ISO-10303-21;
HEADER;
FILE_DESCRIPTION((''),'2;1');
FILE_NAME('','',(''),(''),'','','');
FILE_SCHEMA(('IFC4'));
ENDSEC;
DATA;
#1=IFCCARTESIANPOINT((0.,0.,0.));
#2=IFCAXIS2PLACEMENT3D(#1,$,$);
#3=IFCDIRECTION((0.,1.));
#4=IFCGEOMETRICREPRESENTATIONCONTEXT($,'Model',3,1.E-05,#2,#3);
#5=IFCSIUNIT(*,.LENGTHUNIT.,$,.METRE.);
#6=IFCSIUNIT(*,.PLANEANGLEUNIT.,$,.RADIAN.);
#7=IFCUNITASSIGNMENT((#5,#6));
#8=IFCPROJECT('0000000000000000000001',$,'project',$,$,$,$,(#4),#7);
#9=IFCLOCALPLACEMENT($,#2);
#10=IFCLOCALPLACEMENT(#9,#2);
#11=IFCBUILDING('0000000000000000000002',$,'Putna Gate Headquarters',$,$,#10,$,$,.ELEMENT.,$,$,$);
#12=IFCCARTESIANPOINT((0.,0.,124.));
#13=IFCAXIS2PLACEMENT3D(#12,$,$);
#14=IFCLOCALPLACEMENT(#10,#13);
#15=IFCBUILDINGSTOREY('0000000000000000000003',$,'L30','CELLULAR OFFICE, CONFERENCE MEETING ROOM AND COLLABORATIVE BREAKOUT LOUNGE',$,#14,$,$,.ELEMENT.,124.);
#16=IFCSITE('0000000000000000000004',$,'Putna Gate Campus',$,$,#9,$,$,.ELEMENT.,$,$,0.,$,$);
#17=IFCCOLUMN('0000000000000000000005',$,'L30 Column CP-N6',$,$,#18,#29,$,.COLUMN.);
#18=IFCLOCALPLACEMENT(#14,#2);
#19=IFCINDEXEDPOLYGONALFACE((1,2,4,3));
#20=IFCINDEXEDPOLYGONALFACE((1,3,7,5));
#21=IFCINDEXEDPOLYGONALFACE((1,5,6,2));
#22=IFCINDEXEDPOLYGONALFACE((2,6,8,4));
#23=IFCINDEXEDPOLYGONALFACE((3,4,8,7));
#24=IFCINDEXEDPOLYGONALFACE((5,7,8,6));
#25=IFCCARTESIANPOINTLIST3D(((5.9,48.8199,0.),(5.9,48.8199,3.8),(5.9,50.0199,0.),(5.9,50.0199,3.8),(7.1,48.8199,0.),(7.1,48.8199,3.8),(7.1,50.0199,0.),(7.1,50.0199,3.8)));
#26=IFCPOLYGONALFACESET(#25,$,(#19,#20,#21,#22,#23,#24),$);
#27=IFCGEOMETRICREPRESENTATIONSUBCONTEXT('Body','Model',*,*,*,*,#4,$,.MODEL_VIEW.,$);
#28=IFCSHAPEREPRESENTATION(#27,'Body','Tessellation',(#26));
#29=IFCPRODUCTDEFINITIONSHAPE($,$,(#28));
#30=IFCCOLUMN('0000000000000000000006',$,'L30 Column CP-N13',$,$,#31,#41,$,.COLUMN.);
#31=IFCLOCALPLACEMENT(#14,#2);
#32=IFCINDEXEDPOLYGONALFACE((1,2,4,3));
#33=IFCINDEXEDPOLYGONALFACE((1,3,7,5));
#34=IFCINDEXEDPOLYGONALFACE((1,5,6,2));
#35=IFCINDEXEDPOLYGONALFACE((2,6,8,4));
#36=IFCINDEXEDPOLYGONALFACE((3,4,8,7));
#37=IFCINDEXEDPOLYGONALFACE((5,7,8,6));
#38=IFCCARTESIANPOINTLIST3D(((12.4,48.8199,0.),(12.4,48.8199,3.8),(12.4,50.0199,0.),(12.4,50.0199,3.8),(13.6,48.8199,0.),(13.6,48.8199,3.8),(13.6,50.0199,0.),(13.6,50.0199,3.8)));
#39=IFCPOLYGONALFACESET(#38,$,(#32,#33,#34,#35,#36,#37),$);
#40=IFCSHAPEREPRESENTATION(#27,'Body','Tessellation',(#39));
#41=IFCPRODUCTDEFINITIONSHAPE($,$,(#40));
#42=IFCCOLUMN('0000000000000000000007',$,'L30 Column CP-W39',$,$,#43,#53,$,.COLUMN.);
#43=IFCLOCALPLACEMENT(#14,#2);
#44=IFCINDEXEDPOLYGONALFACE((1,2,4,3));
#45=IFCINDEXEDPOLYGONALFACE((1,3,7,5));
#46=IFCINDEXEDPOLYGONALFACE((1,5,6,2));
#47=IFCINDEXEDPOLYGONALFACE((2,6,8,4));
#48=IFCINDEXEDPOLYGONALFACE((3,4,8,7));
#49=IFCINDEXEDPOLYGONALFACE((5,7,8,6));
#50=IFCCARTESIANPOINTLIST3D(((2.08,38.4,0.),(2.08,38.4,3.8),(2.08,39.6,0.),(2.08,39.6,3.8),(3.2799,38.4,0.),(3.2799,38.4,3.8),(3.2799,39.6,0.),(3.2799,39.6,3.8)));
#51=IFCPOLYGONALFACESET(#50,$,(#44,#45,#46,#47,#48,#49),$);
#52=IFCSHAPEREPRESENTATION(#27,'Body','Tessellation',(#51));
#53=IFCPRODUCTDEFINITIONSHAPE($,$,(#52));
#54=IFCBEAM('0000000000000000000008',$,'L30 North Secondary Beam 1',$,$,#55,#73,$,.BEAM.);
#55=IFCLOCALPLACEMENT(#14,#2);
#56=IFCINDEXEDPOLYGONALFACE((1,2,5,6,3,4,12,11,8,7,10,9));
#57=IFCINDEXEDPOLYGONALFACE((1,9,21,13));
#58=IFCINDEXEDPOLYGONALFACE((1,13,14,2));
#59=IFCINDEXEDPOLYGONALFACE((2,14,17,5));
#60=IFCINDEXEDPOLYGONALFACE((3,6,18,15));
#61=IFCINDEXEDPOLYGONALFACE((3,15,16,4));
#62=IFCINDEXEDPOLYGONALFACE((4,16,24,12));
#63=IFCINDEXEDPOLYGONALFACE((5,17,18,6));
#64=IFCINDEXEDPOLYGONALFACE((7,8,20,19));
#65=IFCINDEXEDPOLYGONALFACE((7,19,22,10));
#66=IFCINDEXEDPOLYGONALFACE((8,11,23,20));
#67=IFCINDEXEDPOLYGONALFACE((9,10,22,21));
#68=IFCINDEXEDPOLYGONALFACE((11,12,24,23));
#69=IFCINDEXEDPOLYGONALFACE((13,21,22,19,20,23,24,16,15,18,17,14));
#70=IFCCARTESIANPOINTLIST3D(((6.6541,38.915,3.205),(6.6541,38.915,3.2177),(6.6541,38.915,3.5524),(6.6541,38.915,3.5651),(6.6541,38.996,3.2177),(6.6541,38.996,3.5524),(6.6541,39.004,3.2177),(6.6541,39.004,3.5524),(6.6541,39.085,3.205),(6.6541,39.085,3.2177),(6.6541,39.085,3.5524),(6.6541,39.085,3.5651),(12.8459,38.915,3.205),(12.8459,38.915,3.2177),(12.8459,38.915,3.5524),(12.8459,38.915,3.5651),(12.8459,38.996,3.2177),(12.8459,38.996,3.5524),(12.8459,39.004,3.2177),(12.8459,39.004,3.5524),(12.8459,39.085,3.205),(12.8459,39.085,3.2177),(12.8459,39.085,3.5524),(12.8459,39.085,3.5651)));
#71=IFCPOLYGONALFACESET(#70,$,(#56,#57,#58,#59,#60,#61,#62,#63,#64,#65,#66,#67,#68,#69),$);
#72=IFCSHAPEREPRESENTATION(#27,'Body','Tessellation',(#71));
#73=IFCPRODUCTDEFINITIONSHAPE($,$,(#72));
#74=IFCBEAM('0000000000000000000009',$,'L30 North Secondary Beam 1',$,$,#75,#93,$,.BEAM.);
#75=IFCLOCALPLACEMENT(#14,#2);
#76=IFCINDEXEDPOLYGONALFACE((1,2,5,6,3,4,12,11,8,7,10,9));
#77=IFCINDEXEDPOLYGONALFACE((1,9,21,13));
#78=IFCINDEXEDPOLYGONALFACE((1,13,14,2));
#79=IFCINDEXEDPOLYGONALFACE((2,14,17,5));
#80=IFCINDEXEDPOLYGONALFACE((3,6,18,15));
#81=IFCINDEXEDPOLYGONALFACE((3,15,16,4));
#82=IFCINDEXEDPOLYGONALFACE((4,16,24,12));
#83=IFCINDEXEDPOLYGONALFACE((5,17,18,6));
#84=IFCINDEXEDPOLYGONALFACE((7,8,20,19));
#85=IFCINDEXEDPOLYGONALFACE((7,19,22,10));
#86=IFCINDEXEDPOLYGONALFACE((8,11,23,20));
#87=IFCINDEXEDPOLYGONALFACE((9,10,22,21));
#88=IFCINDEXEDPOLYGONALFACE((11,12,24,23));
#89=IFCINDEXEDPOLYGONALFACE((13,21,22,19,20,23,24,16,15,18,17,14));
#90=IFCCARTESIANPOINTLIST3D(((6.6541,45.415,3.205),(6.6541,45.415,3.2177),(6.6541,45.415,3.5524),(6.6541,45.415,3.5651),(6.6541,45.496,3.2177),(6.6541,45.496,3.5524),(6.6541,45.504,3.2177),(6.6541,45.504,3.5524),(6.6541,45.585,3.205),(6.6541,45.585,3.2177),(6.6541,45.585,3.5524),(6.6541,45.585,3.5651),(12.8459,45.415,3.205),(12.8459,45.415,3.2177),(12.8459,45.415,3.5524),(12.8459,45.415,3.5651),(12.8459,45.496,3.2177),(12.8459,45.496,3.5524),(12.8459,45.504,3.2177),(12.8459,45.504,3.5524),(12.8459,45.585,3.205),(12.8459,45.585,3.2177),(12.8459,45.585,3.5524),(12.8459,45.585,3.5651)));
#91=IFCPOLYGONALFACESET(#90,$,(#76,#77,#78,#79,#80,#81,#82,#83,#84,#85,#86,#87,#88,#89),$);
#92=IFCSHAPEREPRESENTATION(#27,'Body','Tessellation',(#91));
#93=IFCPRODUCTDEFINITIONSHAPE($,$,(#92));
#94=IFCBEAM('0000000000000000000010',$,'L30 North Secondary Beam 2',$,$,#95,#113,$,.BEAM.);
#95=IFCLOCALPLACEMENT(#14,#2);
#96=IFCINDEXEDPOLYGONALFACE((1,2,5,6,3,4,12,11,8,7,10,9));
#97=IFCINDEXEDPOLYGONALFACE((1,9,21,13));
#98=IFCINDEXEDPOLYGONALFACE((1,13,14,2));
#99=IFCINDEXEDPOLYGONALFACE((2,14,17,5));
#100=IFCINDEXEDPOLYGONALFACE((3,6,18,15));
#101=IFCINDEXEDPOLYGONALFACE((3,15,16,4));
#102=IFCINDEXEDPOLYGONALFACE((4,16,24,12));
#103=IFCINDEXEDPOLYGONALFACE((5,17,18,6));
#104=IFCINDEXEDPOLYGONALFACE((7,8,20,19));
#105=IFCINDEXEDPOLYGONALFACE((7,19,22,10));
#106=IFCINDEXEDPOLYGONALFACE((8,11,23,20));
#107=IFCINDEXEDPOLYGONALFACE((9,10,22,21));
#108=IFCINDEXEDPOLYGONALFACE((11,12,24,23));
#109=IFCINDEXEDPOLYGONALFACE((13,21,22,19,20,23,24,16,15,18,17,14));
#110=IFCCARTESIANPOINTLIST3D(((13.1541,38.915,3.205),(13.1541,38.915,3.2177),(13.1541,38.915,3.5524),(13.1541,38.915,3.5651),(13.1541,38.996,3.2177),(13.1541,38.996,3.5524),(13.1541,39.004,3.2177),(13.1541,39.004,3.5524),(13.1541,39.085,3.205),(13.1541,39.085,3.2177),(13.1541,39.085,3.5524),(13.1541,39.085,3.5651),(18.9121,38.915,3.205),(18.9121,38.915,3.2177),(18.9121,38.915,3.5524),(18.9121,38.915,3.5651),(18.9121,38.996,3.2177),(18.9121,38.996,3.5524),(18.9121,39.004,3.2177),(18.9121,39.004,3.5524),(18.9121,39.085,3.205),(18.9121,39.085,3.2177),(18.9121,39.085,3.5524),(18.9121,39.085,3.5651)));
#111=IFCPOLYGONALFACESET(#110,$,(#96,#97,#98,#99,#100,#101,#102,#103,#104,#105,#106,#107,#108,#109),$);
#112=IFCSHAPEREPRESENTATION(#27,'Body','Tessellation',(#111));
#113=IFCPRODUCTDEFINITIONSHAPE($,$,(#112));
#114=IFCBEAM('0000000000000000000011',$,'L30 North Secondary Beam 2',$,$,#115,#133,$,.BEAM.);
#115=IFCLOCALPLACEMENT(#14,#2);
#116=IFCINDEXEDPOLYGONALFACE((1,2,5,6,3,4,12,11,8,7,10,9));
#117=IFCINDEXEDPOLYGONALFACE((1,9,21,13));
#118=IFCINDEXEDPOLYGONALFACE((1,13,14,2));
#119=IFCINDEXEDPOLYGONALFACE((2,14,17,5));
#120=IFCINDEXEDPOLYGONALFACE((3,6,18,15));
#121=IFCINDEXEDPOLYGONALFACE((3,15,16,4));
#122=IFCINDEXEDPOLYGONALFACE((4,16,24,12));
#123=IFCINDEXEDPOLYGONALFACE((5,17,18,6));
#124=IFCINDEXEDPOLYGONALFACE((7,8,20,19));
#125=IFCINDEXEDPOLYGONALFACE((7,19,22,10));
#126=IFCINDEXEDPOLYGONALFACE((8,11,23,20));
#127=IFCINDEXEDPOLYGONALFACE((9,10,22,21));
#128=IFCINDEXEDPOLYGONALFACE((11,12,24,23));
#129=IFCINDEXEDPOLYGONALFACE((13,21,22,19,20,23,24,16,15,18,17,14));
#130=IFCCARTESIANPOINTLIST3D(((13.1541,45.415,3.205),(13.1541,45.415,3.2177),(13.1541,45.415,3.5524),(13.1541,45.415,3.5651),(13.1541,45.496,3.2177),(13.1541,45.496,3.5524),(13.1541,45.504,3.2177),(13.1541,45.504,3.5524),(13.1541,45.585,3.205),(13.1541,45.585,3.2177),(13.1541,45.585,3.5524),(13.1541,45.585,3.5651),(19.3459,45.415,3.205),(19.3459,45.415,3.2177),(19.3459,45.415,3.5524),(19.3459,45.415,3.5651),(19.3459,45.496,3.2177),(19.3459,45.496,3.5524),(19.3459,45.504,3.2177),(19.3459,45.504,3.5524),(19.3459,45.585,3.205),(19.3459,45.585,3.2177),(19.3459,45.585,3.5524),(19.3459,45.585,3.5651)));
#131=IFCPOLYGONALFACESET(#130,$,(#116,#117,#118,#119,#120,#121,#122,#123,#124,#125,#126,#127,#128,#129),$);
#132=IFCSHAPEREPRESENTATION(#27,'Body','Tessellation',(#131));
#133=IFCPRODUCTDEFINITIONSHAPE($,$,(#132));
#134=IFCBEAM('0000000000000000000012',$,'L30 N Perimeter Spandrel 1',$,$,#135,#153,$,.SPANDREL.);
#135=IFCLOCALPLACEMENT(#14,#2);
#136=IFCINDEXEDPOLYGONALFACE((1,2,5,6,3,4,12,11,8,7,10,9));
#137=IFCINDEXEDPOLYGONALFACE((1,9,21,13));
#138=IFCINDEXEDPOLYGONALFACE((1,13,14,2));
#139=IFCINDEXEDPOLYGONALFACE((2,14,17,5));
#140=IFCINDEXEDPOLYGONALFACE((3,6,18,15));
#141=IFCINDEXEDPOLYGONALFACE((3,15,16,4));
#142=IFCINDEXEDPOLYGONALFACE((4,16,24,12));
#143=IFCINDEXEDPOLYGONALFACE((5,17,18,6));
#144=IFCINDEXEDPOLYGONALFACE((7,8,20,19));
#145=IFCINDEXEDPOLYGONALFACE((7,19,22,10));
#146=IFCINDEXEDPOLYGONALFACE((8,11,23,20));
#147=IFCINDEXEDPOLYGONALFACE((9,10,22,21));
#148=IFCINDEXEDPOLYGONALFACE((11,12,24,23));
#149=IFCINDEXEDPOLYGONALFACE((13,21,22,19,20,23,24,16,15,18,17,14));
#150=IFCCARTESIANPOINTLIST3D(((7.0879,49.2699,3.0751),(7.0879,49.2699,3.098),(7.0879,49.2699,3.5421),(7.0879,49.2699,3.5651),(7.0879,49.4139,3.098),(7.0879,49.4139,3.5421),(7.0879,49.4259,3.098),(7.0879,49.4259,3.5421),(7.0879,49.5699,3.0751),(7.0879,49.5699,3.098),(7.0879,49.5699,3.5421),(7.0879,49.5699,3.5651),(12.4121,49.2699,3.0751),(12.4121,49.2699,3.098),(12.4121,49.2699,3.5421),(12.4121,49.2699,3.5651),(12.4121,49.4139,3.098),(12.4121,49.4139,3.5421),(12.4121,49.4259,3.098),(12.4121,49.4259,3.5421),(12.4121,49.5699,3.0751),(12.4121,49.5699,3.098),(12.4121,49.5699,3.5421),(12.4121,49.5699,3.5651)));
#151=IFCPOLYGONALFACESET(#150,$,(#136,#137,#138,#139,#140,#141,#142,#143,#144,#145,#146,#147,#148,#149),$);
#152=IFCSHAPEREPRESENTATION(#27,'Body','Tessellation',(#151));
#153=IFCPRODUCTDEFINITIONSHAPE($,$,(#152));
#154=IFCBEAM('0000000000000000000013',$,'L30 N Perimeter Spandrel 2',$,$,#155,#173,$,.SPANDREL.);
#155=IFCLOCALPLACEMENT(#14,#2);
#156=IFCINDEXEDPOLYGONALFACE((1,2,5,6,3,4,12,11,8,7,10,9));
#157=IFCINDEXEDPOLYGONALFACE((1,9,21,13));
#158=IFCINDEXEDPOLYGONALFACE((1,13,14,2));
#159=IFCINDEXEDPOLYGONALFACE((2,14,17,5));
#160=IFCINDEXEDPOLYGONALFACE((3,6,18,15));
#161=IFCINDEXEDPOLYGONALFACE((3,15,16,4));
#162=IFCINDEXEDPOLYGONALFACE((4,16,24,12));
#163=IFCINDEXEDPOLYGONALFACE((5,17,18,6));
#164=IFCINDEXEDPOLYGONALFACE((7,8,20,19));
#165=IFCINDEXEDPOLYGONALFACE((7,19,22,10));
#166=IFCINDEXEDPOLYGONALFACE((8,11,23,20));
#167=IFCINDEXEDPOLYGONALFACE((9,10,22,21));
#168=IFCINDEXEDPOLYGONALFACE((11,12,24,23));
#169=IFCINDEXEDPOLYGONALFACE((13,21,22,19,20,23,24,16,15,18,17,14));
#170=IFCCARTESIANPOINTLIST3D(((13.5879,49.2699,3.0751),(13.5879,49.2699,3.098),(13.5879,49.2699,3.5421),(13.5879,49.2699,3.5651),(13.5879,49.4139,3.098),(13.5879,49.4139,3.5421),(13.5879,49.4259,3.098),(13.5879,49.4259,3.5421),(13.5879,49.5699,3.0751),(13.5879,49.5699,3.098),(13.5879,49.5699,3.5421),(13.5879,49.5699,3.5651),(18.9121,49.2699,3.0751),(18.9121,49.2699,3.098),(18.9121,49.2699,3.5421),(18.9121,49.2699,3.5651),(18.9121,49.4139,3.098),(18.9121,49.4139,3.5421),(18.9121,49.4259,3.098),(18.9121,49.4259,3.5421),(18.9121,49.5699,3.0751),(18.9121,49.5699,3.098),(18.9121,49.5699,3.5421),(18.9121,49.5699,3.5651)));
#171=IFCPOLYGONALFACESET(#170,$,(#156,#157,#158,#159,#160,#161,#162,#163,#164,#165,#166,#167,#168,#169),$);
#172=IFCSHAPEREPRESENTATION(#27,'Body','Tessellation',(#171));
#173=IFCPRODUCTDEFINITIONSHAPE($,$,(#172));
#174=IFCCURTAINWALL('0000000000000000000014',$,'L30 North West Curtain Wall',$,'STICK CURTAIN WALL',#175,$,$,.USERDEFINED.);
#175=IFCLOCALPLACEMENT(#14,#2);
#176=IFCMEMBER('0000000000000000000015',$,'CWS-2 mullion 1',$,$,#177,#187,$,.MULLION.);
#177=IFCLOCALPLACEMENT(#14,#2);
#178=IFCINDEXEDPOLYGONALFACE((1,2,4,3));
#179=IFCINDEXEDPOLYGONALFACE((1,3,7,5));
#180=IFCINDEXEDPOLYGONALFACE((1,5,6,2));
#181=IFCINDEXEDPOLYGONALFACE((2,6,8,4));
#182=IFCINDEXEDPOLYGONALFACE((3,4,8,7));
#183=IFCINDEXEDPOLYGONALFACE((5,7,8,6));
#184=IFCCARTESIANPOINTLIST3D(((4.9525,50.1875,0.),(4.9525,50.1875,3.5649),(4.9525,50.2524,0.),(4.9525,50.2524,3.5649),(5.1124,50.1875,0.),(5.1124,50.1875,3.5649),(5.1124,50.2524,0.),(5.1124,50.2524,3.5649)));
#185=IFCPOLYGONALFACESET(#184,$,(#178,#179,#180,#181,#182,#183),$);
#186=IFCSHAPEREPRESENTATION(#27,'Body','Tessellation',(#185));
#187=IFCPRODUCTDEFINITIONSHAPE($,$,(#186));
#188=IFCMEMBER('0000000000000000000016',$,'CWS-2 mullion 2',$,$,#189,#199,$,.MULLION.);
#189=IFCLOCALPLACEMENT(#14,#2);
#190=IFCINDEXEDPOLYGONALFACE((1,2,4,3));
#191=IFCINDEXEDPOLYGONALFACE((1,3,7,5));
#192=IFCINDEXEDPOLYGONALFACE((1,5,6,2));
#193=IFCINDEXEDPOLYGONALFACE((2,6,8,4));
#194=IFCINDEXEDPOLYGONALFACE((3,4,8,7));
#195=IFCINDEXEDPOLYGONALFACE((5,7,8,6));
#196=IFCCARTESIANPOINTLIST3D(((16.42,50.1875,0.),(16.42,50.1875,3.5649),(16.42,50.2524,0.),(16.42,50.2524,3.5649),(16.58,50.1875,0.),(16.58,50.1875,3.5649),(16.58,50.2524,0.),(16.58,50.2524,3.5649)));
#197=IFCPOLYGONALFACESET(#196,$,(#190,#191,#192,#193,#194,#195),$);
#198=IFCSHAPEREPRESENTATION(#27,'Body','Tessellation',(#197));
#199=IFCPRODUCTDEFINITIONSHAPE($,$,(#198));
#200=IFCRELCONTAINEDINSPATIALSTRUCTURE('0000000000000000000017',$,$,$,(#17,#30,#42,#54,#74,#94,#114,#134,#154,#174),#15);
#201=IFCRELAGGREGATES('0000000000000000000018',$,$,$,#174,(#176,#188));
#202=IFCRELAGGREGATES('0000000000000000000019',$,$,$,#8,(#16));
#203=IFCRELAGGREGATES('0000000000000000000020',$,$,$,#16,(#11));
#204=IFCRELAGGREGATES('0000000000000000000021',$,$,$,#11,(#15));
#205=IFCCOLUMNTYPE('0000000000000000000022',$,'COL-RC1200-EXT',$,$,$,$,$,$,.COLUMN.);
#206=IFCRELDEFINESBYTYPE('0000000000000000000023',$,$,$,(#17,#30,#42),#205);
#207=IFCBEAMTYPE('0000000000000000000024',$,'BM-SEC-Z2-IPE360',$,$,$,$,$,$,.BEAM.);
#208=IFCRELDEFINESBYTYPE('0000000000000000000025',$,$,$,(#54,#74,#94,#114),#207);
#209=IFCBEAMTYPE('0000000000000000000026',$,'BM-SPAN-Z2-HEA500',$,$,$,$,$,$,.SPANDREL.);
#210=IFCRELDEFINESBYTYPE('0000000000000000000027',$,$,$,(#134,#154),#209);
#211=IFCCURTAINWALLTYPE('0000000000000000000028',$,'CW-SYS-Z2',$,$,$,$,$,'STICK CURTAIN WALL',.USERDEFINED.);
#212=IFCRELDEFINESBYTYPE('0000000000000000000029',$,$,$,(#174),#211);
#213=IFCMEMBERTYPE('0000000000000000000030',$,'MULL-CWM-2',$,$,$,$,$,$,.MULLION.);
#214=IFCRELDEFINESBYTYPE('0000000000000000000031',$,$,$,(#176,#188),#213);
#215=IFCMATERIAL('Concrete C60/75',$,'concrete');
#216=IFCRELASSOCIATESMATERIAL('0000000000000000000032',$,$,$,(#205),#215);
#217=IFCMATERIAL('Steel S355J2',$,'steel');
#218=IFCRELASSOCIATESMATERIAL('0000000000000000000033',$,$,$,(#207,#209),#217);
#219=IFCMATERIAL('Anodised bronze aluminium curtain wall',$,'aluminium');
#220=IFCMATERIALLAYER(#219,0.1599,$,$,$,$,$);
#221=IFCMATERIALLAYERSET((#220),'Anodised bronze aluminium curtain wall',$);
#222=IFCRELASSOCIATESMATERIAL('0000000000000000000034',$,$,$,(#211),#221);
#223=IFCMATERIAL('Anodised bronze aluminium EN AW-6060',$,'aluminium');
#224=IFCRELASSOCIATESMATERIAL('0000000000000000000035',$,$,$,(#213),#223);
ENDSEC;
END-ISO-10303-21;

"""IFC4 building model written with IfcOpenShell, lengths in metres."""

from ifc_helpers import new_model, si_unit, direction, frame, origin, origin_2d, place, context, subcontext, project, spatial, rectangle, i_section, extrude, material, layer, layer_set, material_profile, profile_set, type_object, element, aggregate, save


model = new_model("IFC4")

# Units and contexts
model_context = context("Model", 3, precision=1e-05, world=origin(), true_north=direction((0.0, 1.0)))
body_context = subcontext(model_context, "Body", "Model", "MODEL_VIEW")
ifc_project = project(units=[si_unit("LENGTHUNIT", "METRE"), si_unit("PLANEANGLEUNIT", "RADIAN")], contexts=[model_context])

# Site, building, storey
site_placement = place(None, origin())
site = spatial("IfcSite", under=ifc_project, at=site_placement, Name="Putna Gate Campus", CompositionType="ELEMENT", RefElevation=0.0)
building_placement = place(site_placement, origin())
building = spatial("IfcBuilding", under=site, at=building_placement, Name="Putna Gate Headquarters", CompositionType="ELEMENT")
storey_placement = place(building_placement, frame((0.0, 0.0, 124.0)))
storey = spatial("IfcBuildingStorey", under=building, at=storey_placement, Name="L30", Description="CELLULAR OFFICE, CONFERENCE MEETING ROOM AND COLLABORATIVE BREAKOUT LOUNGE", CompositionType="ELEMENT", Elevation=124.0)

# Columns
ifc_material_1 = material(Name="Concrete C60/75", Category="concrete")
ifc_material_profile_1 = material_profile(ifc_material_1, rectangle(XDim=1.2, YDim=1.2, at=origin_2d()), Name="Concrete C60/75")
ifc_profile_set_1 = profile_set([ifc_material_profile_1], Name="Concrete C60/75")
column_type = type_object("IfcColumnType", Name="COL-RC1200-EXT", PredefinedType="COLUMN", material=ifc_profile_set_1)
for number, where, z_axis, x_axis, name in (
    (1, (6.5, 49.4199, 0.0), (0.0, 0.0, 1.0), (1.0, 0.0, 0.0), "L30 Column CP-N6"),
    (2, (13.0, 49.4199, 0.0), (0.0, 0.0, 1.0), (1.0, 0.0, 0.0), "L30 Column CP-N13"),
    (3, (2.6799, 39.0, 0.0), (0.0, 0.0, 1.0), (1.0, 0.0, 0.0), "L30 Column CP-W39"),
):
    element("IfcColumn", number, at=place(storey_placement, frame(where, z_axis=z_axis, x_axis=x_axis)), inside=storey, type_object=column_type, Name=name, PredefinedType="COLUMN", context=body_context, shape_type="SweptSolid", body=[
        extrude(rectangle(XDim=1.2, YDim=1.2, at=origin_2d()), origin(), (0.0, 0.0, 1.0), 3.8),
    ])

# Beams
ifc_material_2 = material(Name="Steel S355J2", Category="steel")
ifc_material_profile_2 = material_profile(ifc_material_2, i_section(OverallWidth=0.1699, OverallDepth=0.3601, WebThickness=0.0081, FlangeThickness=0.0127, at=origin_2d()), Name="Steel S355J2")
ifc_profile_set_2 = profile_set([ifc_material_profile_2], Name="Steel S355J2")
beam_type_1 = type_object("IfcBeamType", Name="BM-SEC-Z2-IPE360", PredefinedType="BEAM", material=ifc_profile_set_2)
for number, where, z_axis, x_axis, name in (
    (4, (6.6541, 39.0, 3.385), (1.0, 0.0, 0.0), (0.0, 1.0, 0.0), "L30 North Secondary Beam 1"),
    (5, (6.6541, 45.5, 3.385), (1.0, 0.0, 0.0), (0.0, 1.0, 0.0), "L30 North Secondary Beam 1"),
):
    element("IfcBeam", number, at=place(storey_placement, frame(where, z_axis=z_axis, x_axis=x_axis)), inside=storey, type_object=beam_type_1, Name=name, PredefinedType="BEAM", context=body_context, shape_type="SweptSolid", body=[
        extrude(i_section(OverallWidth=0.1699, OverallDepth=0.3601, WebThickness=0.0081, FlangeThickness=0.0127, at=origin_2d()), origin(), (0.0, 0.0, 1.0), 6.1919),
    ])
beam_1_placement = place(storey_placement, frame((13.1541, 39.0, 3.385), z_axis=(1.0, 0.0, 0.0), x_axis=(0.0, 1.0, 0.0)))
element("IfcBeam", 6, at=beam_1_placement, inside=storey, type_object=beam_type_1, Name="L30 North Secondary Beam 2", PredefinedType="BEAM", context=body_context, shape_type="SweptSolid", body=[
    extrude(i_section(OverallWidth=0.1699, OverallDepth=0.3601, WebThickness=0.0081, FlangeThickness=0.0127, at=origin_2d()), origin(), (0.0, 0.0, 1.0), 5.7581),
])
beam_2_placement = place(storey_placement, frame((13.1541, 45.5, 3.385), z_axis=(1.0, 0.0, 0.0), x_axis=(0.0, 1.0, 0.0)))
element("IfcBeam", 7, at=beam_2_placement, inside=storey, type_object=beam_type_1, Name="L30 North Secondary Beam 2", PredefinedType="BEAM", context=body_context, shape_type="SweptSolid", body=[
    extrude(i_section(OverallWidth=0.1699, OverallDepth=0.3601, WebThickness=0.0081, FlangeThickness=0.0127, at=origin_2d()), origin(), (0.0, 0.0, 1.0), 6.1919),
])
ifc_material_profile_3 = material_profile(ifc_material_2, i_section(OverallWidth=0.3, OverallDepth=0.49, WebThickness=0.012, FlangeThickness=0.0229, at=origin_2d()), Name="Steel S355J2")
ifc_profile_set_3 = profile_set([ifc_material_profile_3], Name="Steel S355J2")
beam_type_2 = type_object("IfcBeamType", Name="BM-SPAN-Z2-HEA500", PredefinedType="SPANDREL", material=ifc_profile_set_3)
for number, where, z_axis, x_axis, name in (
    (8, (7.0879, 49.4199, 3.3201), (1.0, 0.0, 0.0), (0.0, 1.0, 0.0), "L30 N Perimeter Spandrel 1"),
    (9, (13.5879, 49.4199, 3.3201), (1.0, 0.0, 0.0), (0.0, 1.0, 0.0), "L30 N Perimeter Spandrel 2"),
):
    element("IfcBeam", number, at=place(storey_placement, frame(where, z_axis=z_axis, x_axis=x_axis)), inside=storey, type_object=beam_type_2, Name=name, PredefinedType="SPANDREL", context=body_context, shape_type="SweptSolid", body=[
        extrude(i_section(OverallWidth=0.3, OverallDepth=0.49, WebThickness=0.012, FlangeThickness=0.0229, at=origin_2d()), origin(), (0.0, 0.0, 1.0), 5.3242),
    ])

# Curtain wall, members
ifc_material_3 = material(Name="Anodised bronze aluminium curtain wall", Category="aluminium")
ifc_layer_1 = layer(ifc_material_3, 0.1599)
ifc_layer_set_1 = layer_set([ifc_layer_1], Name="Anodised bronze aluminium curtain wall")
curtain_wall_type = type_object("IfcCurtainWallType", Name="CW-SYS-Z2", ElementType="STICK CURTAIN WALL", PredefinedType="USERDEFINED", material=ifc_layer_set_1)
curtain_wall_1_placement = place(storey_placement, origin())
curtain_wall_1 = element("IfcCurtainWall", 10, at=curtain_wall_1_placement, inside=storey, type_object=curtain_wall_type, Name="L30 North West Curtain Wall", ObjectType="STICK CURTAIN WALL", PredefinedType="USERDEFINED")
ifc_material_4 = material(Name="Anodised bronze aluminium EN AW-6060", Category="aluminium")
ifc_material_profile_4 = material_profile(ifc_material_4, rectangle(XDim=0.0649, YDim=0.1599, at=origin_2d()), Name="Anodised bronze aluminium EN AW-6060")
ifc_profile_set_4 = profile_set([ifc_material_profile_4], Name="Anodised bronze aluminium EN AW-6060")
member_type_1 = type_object("IfcMemberType", Name="MULL-CWM-2", PredefinedType="MULLION", material=ifc_profile_set_4)
member_1_placement = place(storey_placement, frame((5.0325, 50.22, 0.0), z_axis=(0.0, 0.0, 1.0), x_axis=(0.0, 1.0, 0.0)))
member_1 = element("IfcMember", 11, at=member_1_placement, type_object=member_type_1, Name="CWS-2 mullion 1", PredefinedType="MULLION", context=body_context, shape_type="SweptSolid", body=[
    extrude(rectangle(XDim=0.0649, YDim=0.1599, at=origin_2d()), origin(), (0.0, 0.0, 1.0), 3.5649),
])
member_2_placement = place(storey_placement, frame((16.5, 50.22, 0.0), z_axis=(0.0, 0.0, 1.0), x_axis=(0.0, 1.0, 0.0)))
member_2 = element("IfcMember", 12, at=member_2_placement, type_object=member_type_1, Name="CWS-2 mullion 2", PredefinedType="MULLION", context=body_context, shape_type="SweptSolid", body=[
    extrude(rectangle(XDim=0.0649, YDim=0.1599, at=origin_2d()), origin(), (0.0, 0.0, 1.0), 3.5649),
])

aggregate(curtain_wall_1, [member_1, member_2])

save(model, "model.ifc")
